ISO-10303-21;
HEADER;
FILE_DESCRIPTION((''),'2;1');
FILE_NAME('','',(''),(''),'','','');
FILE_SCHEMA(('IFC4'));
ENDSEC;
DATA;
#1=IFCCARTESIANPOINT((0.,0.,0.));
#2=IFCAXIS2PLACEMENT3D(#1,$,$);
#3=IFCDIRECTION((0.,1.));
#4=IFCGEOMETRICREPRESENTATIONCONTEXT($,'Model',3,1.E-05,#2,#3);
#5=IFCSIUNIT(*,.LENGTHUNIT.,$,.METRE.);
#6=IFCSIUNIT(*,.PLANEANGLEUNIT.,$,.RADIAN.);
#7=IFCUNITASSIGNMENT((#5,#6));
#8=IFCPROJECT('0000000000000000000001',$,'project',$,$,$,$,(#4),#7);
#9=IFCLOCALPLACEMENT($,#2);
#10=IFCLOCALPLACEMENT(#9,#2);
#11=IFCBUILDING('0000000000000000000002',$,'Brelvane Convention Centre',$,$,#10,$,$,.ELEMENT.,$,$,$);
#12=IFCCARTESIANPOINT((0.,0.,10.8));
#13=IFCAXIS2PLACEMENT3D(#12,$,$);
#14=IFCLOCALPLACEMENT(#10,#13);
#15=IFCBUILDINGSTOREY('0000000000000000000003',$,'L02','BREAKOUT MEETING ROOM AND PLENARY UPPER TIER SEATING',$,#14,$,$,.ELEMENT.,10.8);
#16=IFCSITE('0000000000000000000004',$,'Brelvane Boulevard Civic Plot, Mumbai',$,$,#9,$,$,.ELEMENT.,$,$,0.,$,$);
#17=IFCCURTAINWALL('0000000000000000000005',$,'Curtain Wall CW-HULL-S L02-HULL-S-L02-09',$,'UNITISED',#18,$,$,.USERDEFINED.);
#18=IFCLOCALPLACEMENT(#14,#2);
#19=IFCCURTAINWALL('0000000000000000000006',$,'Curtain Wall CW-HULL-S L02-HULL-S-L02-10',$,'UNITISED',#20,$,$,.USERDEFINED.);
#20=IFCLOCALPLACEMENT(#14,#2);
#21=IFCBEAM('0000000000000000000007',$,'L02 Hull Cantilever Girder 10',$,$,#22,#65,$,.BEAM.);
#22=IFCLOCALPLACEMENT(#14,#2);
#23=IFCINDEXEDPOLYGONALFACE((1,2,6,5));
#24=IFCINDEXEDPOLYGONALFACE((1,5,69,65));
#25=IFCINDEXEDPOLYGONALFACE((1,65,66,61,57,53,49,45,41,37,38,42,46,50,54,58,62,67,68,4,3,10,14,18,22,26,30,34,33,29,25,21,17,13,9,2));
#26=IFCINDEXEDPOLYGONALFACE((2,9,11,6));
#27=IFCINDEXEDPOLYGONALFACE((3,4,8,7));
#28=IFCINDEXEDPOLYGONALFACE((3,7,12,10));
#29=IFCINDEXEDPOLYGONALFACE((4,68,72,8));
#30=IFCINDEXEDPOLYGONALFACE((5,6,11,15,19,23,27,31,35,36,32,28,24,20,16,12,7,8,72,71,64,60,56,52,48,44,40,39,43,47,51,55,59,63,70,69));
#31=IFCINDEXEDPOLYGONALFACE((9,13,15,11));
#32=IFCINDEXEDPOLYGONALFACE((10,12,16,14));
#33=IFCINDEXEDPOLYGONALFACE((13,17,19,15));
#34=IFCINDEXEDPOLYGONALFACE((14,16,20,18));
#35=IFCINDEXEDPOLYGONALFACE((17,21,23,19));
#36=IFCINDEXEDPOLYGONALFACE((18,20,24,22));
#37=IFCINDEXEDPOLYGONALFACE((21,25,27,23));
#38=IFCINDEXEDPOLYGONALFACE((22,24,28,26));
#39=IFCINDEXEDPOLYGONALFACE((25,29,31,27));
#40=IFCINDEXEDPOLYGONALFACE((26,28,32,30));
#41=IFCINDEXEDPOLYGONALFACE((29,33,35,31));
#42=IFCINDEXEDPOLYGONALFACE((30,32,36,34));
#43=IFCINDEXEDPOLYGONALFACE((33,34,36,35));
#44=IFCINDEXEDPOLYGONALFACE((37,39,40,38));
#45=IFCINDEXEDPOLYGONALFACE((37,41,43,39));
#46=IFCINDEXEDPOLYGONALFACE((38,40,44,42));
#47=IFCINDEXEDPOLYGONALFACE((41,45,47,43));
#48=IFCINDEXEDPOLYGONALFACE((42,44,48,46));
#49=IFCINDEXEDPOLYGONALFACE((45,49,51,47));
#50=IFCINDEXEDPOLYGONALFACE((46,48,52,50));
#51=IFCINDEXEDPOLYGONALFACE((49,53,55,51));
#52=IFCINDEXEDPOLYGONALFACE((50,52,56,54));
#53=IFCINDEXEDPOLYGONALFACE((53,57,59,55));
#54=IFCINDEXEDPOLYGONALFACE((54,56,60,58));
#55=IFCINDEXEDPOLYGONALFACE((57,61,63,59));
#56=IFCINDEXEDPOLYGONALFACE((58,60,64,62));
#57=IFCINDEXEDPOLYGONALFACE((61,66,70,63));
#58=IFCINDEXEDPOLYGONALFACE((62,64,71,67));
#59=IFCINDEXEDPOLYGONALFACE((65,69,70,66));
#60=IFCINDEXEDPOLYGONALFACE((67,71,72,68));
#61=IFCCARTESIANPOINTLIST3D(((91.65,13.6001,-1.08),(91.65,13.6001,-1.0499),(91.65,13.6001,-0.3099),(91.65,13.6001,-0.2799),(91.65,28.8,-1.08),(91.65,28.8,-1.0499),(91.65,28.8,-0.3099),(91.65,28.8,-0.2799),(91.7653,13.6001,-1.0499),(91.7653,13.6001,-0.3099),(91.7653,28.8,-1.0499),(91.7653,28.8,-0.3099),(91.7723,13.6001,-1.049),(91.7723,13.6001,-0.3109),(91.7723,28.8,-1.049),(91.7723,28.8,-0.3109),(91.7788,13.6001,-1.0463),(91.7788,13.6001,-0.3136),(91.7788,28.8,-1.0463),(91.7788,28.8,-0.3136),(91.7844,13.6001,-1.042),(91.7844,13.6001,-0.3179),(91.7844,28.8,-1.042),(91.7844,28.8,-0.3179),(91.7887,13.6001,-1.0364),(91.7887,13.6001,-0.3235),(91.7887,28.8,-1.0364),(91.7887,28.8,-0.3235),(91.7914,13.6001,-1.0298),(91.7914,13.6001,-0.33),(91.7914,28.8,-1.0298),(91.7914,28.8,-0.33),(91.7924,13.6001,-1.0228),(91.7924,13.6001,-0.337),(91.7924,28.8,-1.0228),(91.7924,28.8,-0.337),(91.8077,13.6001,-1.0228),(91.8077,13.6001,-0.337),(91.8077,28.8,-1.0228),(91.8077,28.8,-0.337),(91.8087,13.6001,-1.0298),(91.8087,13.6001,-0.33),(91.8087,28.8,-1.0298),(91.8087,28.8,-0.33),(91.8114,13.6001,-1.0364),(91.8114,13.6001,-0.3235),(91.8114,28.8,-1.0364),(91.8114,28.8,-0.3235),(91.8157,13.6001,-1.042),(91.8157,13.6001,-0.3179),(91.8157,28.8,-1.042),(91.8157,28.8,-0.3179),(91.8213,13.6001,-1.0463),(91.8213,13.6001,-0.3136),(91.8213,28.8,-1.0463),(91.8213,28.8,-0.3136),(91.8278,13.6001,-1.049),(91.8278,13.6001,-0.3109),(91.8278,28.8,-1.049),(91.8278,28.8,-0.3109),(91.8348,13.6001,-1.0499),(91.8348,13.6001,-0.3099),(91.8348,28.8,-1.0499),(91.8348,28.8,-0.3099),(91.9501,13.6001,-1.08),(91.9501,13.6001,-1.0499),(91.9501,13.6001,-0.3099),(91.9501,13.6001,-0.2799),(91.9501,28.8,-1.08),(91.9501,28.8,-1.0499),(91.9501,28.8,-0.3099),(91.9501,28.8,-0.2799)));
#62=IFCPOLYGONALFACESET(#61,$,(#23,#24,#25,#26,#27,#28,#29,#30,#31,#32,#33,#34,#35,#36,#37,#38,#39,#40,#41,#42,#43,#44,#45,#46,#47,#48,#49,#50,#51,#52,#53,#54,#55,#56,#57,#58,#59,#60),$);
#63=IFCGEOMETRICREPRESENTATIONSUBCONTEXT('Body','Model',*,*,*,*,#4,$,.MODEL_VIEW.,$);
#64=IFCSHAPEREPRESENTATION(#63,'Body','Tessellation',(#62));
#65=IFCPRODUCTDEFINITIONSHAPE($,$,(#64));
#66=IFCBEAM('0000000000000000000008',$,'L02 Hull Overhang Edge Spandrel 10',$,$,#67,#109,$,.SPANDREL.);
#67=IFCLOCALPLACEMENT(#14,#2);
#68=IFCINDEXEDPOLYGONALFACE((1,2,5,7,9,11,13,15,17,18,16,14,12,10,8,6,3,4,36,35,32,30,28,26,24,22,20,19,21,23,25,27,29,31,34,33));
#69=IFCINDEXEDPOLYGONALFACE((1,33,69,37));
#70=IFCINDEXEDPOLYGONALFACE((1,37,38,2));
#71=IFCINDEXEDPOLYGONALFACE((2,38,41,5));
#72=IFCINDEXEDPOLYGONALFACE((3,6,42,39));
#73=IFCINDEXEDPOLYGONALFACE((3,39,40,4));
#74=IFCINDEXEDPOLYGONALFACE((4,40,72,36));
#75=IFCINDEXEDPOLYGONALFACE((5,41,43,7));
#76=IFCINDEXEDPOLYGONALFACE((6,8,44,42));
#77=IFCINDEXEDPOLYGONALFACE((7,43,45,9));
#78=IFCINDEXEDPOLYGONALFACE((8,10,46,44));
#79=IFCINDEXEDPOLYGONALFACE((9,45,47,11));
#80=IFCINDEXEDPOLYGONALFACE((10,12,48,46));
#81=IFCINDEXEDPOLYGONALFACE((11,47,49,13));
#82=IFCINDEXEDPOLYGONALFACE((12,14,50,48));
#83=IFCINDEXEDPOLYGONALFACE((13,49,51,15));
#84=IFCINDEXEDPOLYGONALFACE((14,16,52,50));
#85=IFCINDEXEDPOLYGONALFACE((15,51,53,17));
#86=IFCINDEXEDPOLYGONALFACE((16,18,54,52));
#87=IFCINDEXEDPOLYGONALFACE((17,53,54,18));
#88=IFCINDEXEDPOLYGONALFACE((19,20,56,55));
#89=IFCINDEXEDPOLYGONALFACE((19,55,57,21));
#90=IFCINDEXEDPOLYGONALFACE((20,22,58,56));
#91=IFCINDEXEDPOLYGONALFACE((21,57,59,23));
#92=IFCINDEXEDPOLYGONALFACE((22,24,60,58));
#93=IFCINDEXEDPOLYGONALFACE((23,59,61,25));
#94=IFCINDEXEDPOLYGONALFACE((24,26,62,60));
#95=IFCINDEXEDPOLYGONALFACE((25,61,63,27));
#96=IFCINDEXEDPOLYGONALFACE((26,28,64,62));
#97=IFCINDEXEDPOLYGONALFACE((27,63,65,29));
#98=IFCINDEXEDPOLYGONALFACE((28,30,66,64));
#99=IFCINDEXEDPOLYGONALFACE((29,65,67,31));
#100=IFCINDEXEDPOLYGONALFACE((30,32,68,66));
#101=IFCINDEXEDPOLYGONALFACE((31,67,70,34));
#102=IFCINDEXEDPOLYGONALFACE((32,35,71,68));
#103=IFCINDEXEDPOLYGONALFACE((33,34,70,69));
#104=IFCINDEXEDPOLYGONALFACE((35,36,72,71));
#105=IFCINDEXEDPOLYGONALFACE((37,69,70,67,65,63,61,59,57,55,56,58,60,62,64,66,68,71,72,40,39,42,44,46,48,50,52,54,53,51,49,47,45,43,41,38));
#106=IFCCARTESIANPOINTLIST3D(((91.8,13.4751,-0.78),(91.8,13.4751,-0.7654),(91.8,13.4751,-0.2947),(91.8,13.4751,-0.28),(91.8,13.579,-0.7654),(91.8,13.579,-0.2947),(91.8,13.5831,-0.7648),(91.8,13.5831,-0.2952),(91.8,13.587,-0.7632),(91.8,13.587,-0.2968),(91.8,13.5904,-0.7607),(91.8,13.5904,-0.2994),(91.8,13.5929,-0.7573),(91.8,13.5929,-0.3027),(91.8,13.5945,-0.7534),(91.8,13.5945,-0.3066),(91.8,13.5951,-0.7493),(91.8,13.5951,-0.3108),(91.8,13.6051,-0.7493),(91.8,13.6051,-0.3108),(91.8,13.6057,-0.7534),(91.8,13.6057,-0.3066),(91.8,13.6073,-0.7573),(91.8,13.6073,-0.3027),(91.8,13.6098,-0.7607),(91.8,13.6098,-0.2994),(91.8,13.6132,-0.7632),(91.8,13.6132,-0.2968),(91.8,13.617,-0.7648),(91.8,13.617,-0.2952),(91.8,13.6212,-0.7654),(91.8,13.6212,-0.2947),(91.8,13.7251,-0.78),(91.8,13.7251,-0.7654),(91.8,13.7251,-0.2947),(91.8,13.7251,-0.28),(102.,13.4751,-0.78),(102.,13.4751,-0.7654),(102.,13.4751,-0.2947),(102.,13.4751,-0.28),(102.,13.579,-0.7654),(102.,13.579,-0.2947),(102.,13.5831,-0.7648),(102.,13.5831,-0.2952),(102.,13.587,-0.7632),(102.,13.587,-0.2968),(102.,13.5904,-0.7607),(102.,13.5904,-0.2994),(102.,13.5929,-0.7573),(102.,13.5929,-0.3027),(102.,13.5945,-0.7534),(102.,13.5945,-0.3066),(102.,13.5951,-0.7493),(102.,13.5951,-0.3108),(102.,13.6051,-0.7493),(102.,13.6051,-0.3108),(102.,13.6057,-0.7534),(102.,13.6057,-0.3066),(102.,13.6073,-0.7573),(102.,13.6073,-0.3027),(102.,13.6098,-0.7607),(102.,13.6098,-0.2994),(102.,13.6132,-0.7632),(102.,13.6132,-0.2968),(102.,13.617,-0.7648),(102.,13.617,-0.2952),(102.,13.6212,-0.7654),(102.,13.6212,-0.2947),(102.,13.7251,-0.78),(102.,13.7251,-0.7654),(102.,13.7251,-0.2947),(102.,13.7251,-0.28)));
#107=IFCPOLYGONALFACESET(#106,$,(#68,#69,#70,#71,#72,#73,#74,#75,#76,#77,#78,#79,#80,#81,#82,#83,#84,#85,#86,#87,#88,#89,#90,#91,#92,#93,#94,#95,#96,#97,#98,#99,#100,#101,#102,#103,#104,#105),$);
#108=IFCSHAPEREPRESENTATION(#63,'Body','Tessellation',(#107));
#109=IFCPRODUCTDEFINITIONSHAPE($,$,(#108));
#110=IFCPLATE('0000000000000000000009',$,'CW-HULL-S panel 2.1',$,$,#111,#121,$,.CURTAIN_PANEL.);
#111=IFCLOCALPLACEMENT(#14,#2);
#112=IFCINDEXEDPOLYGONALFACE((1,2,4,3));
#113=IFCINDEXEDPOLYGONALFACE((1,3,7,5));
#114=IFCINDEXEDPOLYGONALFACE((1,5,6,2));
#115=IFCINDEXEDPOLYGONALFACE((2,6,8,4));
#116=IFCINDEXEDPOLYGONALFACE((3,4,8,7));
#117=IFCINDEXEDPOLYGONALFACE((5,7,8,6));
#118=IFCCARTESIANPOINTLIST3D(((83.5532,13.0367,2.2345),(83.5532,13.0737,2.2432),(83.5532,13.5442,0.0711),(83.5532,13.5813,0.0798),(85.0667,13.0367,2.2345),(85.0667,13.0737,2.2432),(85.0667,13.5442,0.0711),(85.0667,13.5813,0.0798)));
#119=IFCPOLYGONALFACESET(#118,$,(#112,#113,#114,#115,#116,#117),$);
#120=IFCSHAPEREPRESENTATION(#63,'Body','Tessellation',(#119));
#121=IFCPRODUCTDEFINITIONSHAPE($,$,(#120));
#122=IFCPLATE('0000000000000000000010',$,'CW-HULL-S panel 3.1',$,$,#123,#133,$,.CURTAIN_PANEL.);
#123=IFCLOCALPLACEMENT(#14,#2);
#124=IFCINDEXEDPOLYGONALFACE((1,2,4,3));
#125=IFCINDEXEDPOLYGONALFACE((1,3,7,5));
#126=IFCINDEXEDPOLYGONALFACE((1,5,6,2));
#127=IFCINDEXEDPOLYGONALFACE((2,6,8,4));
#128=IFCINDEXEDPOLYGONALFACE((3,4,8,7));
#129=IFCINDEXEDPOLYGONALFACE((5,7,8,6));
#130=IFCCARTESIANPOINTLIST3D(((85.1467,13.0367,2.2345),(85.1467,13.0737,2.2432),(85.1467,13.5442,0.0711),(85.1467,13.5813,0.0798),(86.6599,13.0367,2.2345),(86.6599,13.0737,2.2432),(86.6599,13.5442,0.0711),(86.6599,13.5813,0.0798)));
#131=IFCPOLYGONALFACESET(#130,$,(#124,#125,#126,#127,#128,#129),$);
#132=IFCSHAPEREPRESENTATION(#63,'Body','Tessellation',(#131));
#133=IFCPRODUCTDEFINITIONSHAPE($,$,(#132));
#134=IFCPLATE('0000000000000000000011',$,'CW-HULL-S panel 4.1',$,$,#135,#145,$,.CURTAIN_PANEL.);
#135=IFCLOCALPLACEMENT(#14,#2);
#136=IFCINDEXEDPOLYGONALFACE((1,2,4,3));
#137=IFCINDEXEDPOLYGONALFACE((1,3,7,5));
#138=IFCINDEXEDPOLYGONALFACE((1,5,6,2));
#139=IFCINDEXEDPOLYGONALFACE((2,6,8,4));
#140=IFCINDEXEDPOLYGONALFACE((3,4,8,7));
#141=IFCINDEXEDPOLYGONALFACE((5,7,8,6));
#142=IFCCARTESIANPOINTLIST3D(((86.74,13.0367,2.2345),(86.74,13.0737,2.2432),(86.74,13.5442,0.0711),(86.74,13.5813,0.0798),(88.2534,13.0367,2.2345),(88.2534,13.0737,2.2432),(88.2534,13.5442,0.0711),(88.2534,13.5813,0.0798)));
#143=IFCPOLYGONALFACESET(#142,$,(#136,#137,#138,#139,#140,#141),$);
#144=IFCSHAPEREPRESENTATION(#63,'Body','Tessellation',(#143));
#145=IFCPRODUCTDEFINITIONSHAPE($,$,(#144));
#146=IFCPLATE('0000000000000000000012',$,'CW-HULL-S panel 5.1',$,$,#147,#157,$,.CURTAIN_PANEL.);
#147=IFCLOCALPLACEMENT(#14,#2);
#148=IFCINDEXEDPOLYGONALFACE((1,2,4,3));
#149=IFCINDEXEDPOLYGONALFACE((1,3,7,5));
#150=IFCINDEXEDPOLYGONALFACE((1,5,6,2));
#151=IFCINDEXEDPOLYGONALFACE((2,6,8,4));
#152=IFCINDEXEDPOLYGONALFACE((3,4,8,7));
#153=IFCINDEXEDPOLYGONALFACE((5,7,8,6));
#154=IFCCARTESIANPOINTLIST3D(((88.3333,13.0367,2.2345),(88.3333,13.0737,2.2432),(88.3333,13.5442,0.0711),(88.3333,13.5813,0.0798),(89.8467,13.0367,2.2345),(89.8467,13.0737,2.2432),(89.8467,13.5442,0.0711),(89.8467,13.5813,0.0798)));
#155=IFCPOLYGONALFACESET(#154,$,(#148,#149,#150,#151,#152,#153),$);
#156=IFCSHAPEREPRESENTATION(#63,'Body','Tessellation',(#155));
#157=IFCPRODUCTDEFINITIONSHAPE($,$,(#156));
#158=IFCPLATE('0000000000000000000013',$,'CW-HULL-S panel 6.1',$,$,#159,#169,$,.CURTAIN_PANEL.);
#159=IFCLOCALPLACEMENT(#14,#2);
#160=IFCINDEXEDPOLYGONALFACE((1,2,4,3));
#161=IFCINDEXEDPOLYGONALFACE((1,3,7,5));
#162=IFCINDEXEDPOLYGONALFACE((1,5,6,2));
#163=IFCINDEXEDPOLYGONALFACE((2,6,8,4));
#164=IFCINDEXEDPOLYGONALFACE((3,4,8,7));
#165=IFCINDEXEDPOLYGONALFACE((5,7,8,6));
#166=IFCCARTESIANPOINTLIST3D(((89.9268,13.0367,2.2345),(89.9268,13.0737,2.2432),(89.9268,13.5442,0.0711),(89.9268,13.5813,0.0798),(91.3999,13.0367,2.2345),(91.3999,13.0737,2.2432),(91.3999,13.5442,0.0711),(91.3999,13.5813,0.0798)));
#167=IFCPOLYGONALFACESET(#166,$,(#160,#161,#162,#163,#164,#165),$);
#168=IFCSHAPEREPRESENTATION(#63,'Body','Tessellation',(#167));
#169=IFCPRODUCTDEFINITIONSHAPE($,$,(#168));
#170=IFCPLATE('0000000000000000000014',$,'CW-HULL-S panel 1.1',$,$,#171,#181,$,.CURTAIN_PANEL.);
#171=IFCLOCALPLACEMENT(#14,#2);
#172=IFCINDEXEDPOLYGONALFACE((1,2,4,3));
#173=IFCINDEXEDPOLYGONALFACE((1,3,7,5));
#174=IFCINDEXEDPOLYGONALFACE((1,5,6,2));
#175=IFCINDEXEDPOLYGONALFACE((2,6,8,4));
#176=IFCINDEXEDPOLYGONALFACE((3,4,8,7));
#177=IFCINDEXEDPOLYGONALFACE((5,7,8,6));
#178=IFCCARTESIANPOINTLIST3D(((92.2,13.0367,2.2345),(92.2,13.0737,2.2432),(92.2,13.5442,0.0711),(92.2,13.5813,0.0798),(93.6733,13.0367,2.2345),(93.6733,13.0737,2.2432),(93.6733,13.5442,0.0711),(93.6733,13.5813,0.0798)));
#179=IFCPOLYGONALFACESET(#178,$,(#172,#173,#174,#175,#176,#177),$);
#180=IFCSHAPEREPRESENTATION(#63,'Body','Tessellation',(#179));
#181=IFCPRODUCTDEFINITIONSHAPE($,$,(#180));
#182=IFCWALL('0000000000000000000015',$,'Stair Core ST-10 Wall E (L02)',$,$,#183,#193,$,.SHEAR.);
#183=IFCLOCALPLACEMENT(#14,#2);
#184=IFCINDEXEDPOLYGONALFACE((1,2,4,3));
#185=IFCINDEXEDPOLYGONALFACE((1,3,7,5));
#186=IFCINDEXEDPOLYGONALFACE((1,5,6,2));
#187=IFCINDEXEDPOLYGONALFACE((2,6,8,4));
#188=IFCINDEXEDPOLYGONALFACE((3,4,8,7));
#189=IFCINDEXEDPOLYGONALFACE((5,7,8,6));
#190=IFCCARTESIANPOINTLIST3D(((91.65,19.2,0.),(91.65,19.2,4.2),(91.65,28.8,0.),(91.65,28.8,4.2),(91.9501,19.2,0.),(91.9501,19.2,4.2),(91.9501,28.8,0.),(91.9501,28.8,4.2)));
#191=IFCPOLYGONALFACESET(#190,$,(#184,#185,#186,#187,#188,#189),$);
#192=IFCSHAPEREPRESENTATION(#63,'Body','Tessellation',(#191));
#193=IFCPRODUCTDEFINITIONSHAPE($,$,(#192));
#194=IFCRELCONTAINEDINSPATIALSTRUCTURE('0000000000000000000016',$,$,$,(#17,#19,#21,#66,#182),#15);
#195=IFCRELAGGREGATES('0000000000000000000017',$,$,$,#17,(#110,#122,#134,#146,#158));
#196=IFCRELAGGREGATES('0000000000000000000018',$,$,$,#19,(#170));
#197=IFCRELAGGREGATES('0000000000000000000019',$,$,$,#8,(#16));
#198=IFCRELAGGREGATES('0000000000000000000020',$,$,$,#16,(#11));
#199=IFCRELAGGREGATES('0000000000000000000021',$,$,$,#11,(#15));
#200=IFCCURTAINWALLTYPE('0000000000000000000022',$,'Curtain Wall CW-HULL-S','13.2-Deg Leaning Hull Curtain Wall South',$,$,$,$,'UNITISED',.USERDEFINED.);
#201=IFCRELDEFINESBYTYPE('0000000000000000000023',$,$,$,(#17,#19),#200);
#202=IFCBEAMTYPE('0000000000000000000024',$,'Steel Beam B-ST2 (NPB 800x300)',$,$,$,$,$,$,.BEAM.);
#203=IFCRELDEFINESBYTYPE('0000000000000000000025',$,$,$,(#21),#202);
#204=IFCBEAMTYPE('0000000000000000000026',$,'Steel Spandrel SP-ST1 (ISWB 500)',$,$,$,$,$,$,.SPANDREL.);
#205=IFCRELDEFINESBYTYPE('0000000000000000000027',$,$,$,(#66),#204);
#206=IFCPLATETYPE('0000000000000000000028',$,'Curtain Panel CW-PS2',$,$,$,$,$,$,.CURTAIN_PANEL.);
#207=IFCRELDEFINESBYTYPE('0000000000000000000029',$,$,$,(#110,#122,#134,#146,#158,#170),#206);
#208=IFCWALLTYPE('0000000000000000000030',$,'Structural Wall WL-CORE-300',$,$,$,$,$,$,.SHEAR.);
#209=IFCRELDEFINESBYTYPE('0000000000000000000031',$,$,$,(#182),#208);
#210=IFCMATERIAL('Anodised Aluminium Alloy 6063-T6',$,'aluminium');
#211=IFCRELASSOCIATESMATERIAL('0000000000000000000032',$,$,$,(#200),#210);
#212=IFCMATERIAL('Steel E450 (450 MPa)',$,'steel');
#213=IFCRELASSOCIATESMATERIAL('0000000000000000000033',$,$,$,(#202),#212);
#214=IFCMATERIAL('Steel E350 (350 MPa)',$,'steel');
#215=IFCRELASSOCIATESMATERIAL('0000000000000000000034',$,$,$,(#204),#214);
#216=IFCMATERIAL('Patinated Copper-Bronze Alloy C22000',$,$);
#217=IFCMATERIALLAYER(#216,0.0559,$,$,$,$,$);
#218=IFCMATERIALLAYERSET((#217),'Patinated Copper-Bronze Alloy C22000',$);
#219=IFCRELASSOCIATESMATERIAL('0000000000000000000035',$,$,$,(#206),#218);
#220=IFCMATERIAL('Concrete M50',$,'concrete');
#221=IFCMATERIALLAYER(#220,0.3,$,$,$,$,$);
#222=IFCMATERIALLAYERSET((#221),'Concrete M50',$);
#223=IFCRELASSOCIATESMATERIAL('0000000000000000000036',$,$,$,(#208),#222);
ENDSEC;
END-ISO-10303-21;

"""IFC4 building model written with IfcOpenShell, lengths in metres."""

from ifc_helpers import new_model, si_unit, direction, frame, frame_2d, origin, origin_2d, place, context, subcontext, project, spatial, polyline, rectangle, i_section, outline, extrude, material, layer, layer_set, material_profile, profile_set, type_object, element, aggregate, save


model = new_model("IFC4")

# Units and contexts
model_context = context("Model", 3, precision=1e-05, world=origin(), true_north=direction((0.0, 1.0)))
body_context = subcontext(model_context, "Body", "Model", "MODEL_VIEW")
ifc_project = project(units=[si_unit("LENGTHUNIT", "METRE"), si_unit("PLANEANGLEUNIT", "RADIAN")], contexts=[model_context])

# Site, building, storey
site_placement = place(None, origin())
site = spatial("IfcSite", under=ifc_project, at=site_placement, Name="Brelvane Boulevard Civic Plot, Mumbai", CompositionType="ELEMENT", RefElevation=0.0)
building_placement = place(site_placement, origin())
building = spatial("IfcBuilding", under=site, at=building_placement, Name="Brelvane Convention Centre", CompositionType="ELEMENT")
storey_placement = place(building_placement, frame((0.0, 0.0, 10.8)))
storey = spatial("IfcBuildingStorey", under=building, at=storey_placement, Name="L02", Description="BREAKOUT MEETING ROOM AND PLENARY UPPER TIER SEATING", CompositionType="ELEMENT", Elevation=10.8)

# Curtain walls
ifc_material_1 = material(Name="Anodised Aluminium Alloy 6063-T6", Category="aluminium")
curtain_wall_type = type_object("IfcCurtainWallType", Name="Curtain Wall CW-HULL-S", Description="13.2-Deg Leaning Hull Curtain Wall South", ElementType="UNITISED", PredefinedType="USERDEFINED", material=ifc_material_1)
curtain_wall_1_placement = place(storey_placement, origin())
curtain_wall_1 = element("IfcCurtainWall", 1, at=curtain_wall_1_placement, inside=storey, type_object=curtain_wall_type, Name="Curtain Wall CW-HULL-S L02-HULL-S-L02-09", ObjectType="UNITISED", PredefinedType="USERDEFINED")
curtain_wall_2_placement = place(storey_placement, origin())
curtain_wall_2 = element("IfcCurtainWall", 2, at=curtain_wall_2_placement, inside=storey, type_object=curtain_wall_type, Name="Curtain Wall CW-HULL-S L02-HULL-S-L02-10", ObjectType="UNITISED", PredefinedType="USERDEFINED")

# Beams
ifc_material_2 = material(Name="Steel E450 (450 MPa)", Category="steel")
ifc_material_profile_1 = material_profile(ifc_material_2, i_section(OverallWidth=0.3, OverallDepth=0.8, WebThickness=0.0154, FlangeThickness=0.03, FilletRadius=0.0271, at=origin_2d()), Name="NPB 800x300")
ifc_profile_set_1 = profile_set([ifc_material_profile_1], Name="Steel E450 (450 MPa)")
beam_type_1 = type_object("IfcBeamType", Name="Steel Beam B-ST2 (NPB 800x300)", PredefinedType="BEAM", material=ifc_profile_set_1)
beam_1_placement = place(storey_placement, frame((91.8, 13.6001, -0.6799), z_axis=(0.0, 1.0, 0.0), x_axis=(-1.0, 0.0, 0.0)))
element("IfcBeam", 3, at=beam_1_placement, inside=storey, type_object=beam_type_1, Name="L02 Hull Cantilever Girder 10", PredefinedType="BEAM", context=body_context, shape_type="SweptSolid", body=[
    extrude(i_section(OverallWidth=0.3, OverallDepth=0.8, WebThickness=0.0154, FlangeThickness=0.03, FilletRadius=0.0271, at=origin_2d()), origin(), (0.0, 0.0, 1.0), 15.2),
])
ifc_material_3 = material(Name="Steel E350 (350 MPa)", Category="steel")
ifc_material_profile_2 = material_profile(ifc_material_3, i_section(OverallWidth=0.25, OverallDepth=0.5, WebThickness=0.01, FlangeThickness=0.0146, FilletRadius=0.0161, at=origin_2d()), Name="ISWB 500")
ifc_profile_set_2 = profile_set([ifc_material_profile_2], Name="Steel E350 (350 MPa)")
beam_type_2 = type_object("IfcBeamType", Name="Steel Spandrel SP-ST1 (ISWB 500)", PredefinedType="SPANDREL", material=ifc_profile_set_2)
beam_2_placement = place(storey_placement, frame((91.8, 13.6001, -0.53), z_axis=(1.0, 0.0, 0.0), x_axis=(0.0, 1.0, 0.0)))
element("IfcBeam", 4, at=beam_2_placement, inside=storey, type_object=beam_type_2, Name="L02 Hull Overhang Edge Spandrel 10", PredefinedType="SPANDREL", context=body_context, shape_type="SweptSolid", body=[
    extrude(i_section(OverallWidth=0.25, OverallDepth=0.5, WebThickness=0.01, FlangeThickness=0.0146, FilletRadius=0.0161, at=origin_2d()), origin(), (0.0, 0.0, 1.0), 10.2),
])

# Plates
ifc_material_4 = material(Name="Patinated Copper-Bronze Alloy C22000")
ifc_layer_1 = layer(ifc_material_4, 0.0559)
ifc_layer_set_1 = layer_set([ifc_layer_1], Name="Patinated Copper-Bronze Alloy C22000")
plate_type = type_object("IfcPlateType", Name="Curtain Panel CW-PS2", PredefinedType="CURTAIN_PANEL", material=ifc_layer_set_1)
plate_1_placement = place(storey_placement, frame((83.5532, 13.5813, 0.0798), z_axis=(0.0, 0.973563, 0.228421), x_axis=(1.0, 0.0, 0.0)))
plate_1 = element("IfcPlate", 5, at=plate_1_placement, type_object=plate_type, Name="CW-HULL-S panel 2.1", PredefinedType="CURTAIN_PANEL", context=body_context, shape_type="SweptSolid", body=[
    extrude(outline(polyline([(0.0, 0.0), (1.5134, 0.0), (1.5134, -2.2221), (0.0, -2.2221), (0.0, 0.0)])), origin(), (0.0, 0.0, -1.0), 0.0381),
])
plate_2_placement = place(storey_placement, frame((85.1467, 13.5813, 0.0798), z_axis=(0.0, 0.973563, 0.228421), x_axis=(1.0, 0.0, 0.0)))
plate_2 = element("IfcPlate", 6, at=plate_2_placement, type_object=plate_type, Name="CW-HULL-S panel 3.1", PredefinedType="CURTAIN_PANEL", context=body_context, shape_type="SweptSolid", body=[
    extrude(outline(polyline([(0.0, 0.0), (1.5132, 0.0), (1.5132, -2.2221), (0.0, -2.2221), (0.0, 0.0)])), origin(), (0.0, 0.0, -1.0), 0.0381),
])
plate_3_placement = place(storey_placement, frame((86.74, 13.5813, 0.0798), z_axis=(0.0, 0.973563, 0.228421), x_axis=(1.0, 0.0, 0.0)))
plate_3 = element("IfcPlate", 7, at=plate_3_placement, type_object=plate_type, Name="CW-HULL-S panel 4.1", PredefinedType="CURTAIN_PANEL", context=body_context, shape_type="SweptSolid", body=[
    extrude(outline(polyline([(0.0, 0.0), (1.5134, 0.0), (1.5134, -2.2221), (0.0, -2.2221), (0.0, 0.0)])), origin(), (0.0, 0.0, -1.0), 0.0381),
])
plate_4_placement = place(storey_placement, frame((88.3333, 13.5813, 0.0798), z_axis=(0.0, 0.973563, 0.228421), x_axis=(1.0, 0.0, 0.0)))
plate_4 = element("IfcPlate", 8, at=plate_4_placement, type_object=plate_type, Name="CW-HULL-S panel 5.1", PredefinedType="CURTAIN_PANEL", context=body_context, shape_type="SweptSolid", body=[
    extrude(outline(polyline([(0.0, 0.0), (1.5134, 0.0), (1.5134, -2.2221), (0.0, -2.2221), (0.0, 0.0)])), origin(), (0.0, 0.0, -1.0), 0.0381),
])
plate_5_placement = place(storey_placement, frame((89.9268, 13.5813, 0.0798), z_axis=(0.0, 0.973563, 0.228421), x_axis=(1.0, 0.0, 0.0)))
plate_5 = element("IfcPlate", 9, at=plate_5_placement, type_object=plate_type, Name="CW-HULL-S panel 6.1", PredefinedType="CURTAIN_PANEL", context=body_context, shape_type="SweptSolid", body=[
    extrude(outline(polyline([(0.0, 0.0), (1.4731, 0.0), (1.4731, -2.2221), (0.0, -2.2221), (0.0, 0.0)])), origin(), (0.0, 0.0, -1.0), 0.0381),
])
aggregate(curtain_wall_1, [plate_1, plate_2, plate_3, plate_4, plate_5])
plate_6_placement = place(storey_placement, frame((92.2, 13.5813, 0.0798), z_axis=(0.0, 0.973563, 0.228421), x_axis=(1.0, 0.0, 0.0)))
plate_6 = element("IfcPlate", 10, at=plate_6_placement, type_object=plate_type, Name="CW-HULL-S panel 1.1", PredefinedType="CURTAIN_PANEL", context=body_context, shape_type="SweptSolid", body=[
    extrude(outline(polyline([(0.0, 0.0), (1.4734, 0.0), (1.4734, -2.2221), (0.0, -2.2221), (0.0, 0.0)])), origin(), (0.0, 0.0, -1.0), 0.0381),
])
aggregate(curtain_wall_2, [plate_6])

# Wall
ifc_material_5 = material(Name="Concrete M50", Category="concrete")
ifc_layer_2 = layer(ifc_material_5, 0.3)
ifc_layer_set_2 = layer_set([ifc_layer_2], Name="Concrete M50")
wall_type = type_object("IfcWallType", Name="Structural Wall WL-CORE-300", PredefinedType="SHEAR", material=ifc_layer_set_2)
wall_placement = place(storey_placement, frame((91.8, 19.2, 0.0), z_axis=(0.0, 0.0, 1.0), x_axis=(0.0, 1.0, 0.0)))
element("IfcWall", 11, at=wall_placement, inside=storey, type_object=wall_type, Name="Stair Core ST-10 Wall E (L02)", PredefinedType="SHEAR", context=body_context, shape_type="SweptSolid", body=[
    extrude(rectangle(XDim=9.6001, YDim=0.3, at=frame_2d((4.8, 0.0))), origin(), (0.0, 0.0, 1.0), 4.2),
])

save(model, "model.ifc")
